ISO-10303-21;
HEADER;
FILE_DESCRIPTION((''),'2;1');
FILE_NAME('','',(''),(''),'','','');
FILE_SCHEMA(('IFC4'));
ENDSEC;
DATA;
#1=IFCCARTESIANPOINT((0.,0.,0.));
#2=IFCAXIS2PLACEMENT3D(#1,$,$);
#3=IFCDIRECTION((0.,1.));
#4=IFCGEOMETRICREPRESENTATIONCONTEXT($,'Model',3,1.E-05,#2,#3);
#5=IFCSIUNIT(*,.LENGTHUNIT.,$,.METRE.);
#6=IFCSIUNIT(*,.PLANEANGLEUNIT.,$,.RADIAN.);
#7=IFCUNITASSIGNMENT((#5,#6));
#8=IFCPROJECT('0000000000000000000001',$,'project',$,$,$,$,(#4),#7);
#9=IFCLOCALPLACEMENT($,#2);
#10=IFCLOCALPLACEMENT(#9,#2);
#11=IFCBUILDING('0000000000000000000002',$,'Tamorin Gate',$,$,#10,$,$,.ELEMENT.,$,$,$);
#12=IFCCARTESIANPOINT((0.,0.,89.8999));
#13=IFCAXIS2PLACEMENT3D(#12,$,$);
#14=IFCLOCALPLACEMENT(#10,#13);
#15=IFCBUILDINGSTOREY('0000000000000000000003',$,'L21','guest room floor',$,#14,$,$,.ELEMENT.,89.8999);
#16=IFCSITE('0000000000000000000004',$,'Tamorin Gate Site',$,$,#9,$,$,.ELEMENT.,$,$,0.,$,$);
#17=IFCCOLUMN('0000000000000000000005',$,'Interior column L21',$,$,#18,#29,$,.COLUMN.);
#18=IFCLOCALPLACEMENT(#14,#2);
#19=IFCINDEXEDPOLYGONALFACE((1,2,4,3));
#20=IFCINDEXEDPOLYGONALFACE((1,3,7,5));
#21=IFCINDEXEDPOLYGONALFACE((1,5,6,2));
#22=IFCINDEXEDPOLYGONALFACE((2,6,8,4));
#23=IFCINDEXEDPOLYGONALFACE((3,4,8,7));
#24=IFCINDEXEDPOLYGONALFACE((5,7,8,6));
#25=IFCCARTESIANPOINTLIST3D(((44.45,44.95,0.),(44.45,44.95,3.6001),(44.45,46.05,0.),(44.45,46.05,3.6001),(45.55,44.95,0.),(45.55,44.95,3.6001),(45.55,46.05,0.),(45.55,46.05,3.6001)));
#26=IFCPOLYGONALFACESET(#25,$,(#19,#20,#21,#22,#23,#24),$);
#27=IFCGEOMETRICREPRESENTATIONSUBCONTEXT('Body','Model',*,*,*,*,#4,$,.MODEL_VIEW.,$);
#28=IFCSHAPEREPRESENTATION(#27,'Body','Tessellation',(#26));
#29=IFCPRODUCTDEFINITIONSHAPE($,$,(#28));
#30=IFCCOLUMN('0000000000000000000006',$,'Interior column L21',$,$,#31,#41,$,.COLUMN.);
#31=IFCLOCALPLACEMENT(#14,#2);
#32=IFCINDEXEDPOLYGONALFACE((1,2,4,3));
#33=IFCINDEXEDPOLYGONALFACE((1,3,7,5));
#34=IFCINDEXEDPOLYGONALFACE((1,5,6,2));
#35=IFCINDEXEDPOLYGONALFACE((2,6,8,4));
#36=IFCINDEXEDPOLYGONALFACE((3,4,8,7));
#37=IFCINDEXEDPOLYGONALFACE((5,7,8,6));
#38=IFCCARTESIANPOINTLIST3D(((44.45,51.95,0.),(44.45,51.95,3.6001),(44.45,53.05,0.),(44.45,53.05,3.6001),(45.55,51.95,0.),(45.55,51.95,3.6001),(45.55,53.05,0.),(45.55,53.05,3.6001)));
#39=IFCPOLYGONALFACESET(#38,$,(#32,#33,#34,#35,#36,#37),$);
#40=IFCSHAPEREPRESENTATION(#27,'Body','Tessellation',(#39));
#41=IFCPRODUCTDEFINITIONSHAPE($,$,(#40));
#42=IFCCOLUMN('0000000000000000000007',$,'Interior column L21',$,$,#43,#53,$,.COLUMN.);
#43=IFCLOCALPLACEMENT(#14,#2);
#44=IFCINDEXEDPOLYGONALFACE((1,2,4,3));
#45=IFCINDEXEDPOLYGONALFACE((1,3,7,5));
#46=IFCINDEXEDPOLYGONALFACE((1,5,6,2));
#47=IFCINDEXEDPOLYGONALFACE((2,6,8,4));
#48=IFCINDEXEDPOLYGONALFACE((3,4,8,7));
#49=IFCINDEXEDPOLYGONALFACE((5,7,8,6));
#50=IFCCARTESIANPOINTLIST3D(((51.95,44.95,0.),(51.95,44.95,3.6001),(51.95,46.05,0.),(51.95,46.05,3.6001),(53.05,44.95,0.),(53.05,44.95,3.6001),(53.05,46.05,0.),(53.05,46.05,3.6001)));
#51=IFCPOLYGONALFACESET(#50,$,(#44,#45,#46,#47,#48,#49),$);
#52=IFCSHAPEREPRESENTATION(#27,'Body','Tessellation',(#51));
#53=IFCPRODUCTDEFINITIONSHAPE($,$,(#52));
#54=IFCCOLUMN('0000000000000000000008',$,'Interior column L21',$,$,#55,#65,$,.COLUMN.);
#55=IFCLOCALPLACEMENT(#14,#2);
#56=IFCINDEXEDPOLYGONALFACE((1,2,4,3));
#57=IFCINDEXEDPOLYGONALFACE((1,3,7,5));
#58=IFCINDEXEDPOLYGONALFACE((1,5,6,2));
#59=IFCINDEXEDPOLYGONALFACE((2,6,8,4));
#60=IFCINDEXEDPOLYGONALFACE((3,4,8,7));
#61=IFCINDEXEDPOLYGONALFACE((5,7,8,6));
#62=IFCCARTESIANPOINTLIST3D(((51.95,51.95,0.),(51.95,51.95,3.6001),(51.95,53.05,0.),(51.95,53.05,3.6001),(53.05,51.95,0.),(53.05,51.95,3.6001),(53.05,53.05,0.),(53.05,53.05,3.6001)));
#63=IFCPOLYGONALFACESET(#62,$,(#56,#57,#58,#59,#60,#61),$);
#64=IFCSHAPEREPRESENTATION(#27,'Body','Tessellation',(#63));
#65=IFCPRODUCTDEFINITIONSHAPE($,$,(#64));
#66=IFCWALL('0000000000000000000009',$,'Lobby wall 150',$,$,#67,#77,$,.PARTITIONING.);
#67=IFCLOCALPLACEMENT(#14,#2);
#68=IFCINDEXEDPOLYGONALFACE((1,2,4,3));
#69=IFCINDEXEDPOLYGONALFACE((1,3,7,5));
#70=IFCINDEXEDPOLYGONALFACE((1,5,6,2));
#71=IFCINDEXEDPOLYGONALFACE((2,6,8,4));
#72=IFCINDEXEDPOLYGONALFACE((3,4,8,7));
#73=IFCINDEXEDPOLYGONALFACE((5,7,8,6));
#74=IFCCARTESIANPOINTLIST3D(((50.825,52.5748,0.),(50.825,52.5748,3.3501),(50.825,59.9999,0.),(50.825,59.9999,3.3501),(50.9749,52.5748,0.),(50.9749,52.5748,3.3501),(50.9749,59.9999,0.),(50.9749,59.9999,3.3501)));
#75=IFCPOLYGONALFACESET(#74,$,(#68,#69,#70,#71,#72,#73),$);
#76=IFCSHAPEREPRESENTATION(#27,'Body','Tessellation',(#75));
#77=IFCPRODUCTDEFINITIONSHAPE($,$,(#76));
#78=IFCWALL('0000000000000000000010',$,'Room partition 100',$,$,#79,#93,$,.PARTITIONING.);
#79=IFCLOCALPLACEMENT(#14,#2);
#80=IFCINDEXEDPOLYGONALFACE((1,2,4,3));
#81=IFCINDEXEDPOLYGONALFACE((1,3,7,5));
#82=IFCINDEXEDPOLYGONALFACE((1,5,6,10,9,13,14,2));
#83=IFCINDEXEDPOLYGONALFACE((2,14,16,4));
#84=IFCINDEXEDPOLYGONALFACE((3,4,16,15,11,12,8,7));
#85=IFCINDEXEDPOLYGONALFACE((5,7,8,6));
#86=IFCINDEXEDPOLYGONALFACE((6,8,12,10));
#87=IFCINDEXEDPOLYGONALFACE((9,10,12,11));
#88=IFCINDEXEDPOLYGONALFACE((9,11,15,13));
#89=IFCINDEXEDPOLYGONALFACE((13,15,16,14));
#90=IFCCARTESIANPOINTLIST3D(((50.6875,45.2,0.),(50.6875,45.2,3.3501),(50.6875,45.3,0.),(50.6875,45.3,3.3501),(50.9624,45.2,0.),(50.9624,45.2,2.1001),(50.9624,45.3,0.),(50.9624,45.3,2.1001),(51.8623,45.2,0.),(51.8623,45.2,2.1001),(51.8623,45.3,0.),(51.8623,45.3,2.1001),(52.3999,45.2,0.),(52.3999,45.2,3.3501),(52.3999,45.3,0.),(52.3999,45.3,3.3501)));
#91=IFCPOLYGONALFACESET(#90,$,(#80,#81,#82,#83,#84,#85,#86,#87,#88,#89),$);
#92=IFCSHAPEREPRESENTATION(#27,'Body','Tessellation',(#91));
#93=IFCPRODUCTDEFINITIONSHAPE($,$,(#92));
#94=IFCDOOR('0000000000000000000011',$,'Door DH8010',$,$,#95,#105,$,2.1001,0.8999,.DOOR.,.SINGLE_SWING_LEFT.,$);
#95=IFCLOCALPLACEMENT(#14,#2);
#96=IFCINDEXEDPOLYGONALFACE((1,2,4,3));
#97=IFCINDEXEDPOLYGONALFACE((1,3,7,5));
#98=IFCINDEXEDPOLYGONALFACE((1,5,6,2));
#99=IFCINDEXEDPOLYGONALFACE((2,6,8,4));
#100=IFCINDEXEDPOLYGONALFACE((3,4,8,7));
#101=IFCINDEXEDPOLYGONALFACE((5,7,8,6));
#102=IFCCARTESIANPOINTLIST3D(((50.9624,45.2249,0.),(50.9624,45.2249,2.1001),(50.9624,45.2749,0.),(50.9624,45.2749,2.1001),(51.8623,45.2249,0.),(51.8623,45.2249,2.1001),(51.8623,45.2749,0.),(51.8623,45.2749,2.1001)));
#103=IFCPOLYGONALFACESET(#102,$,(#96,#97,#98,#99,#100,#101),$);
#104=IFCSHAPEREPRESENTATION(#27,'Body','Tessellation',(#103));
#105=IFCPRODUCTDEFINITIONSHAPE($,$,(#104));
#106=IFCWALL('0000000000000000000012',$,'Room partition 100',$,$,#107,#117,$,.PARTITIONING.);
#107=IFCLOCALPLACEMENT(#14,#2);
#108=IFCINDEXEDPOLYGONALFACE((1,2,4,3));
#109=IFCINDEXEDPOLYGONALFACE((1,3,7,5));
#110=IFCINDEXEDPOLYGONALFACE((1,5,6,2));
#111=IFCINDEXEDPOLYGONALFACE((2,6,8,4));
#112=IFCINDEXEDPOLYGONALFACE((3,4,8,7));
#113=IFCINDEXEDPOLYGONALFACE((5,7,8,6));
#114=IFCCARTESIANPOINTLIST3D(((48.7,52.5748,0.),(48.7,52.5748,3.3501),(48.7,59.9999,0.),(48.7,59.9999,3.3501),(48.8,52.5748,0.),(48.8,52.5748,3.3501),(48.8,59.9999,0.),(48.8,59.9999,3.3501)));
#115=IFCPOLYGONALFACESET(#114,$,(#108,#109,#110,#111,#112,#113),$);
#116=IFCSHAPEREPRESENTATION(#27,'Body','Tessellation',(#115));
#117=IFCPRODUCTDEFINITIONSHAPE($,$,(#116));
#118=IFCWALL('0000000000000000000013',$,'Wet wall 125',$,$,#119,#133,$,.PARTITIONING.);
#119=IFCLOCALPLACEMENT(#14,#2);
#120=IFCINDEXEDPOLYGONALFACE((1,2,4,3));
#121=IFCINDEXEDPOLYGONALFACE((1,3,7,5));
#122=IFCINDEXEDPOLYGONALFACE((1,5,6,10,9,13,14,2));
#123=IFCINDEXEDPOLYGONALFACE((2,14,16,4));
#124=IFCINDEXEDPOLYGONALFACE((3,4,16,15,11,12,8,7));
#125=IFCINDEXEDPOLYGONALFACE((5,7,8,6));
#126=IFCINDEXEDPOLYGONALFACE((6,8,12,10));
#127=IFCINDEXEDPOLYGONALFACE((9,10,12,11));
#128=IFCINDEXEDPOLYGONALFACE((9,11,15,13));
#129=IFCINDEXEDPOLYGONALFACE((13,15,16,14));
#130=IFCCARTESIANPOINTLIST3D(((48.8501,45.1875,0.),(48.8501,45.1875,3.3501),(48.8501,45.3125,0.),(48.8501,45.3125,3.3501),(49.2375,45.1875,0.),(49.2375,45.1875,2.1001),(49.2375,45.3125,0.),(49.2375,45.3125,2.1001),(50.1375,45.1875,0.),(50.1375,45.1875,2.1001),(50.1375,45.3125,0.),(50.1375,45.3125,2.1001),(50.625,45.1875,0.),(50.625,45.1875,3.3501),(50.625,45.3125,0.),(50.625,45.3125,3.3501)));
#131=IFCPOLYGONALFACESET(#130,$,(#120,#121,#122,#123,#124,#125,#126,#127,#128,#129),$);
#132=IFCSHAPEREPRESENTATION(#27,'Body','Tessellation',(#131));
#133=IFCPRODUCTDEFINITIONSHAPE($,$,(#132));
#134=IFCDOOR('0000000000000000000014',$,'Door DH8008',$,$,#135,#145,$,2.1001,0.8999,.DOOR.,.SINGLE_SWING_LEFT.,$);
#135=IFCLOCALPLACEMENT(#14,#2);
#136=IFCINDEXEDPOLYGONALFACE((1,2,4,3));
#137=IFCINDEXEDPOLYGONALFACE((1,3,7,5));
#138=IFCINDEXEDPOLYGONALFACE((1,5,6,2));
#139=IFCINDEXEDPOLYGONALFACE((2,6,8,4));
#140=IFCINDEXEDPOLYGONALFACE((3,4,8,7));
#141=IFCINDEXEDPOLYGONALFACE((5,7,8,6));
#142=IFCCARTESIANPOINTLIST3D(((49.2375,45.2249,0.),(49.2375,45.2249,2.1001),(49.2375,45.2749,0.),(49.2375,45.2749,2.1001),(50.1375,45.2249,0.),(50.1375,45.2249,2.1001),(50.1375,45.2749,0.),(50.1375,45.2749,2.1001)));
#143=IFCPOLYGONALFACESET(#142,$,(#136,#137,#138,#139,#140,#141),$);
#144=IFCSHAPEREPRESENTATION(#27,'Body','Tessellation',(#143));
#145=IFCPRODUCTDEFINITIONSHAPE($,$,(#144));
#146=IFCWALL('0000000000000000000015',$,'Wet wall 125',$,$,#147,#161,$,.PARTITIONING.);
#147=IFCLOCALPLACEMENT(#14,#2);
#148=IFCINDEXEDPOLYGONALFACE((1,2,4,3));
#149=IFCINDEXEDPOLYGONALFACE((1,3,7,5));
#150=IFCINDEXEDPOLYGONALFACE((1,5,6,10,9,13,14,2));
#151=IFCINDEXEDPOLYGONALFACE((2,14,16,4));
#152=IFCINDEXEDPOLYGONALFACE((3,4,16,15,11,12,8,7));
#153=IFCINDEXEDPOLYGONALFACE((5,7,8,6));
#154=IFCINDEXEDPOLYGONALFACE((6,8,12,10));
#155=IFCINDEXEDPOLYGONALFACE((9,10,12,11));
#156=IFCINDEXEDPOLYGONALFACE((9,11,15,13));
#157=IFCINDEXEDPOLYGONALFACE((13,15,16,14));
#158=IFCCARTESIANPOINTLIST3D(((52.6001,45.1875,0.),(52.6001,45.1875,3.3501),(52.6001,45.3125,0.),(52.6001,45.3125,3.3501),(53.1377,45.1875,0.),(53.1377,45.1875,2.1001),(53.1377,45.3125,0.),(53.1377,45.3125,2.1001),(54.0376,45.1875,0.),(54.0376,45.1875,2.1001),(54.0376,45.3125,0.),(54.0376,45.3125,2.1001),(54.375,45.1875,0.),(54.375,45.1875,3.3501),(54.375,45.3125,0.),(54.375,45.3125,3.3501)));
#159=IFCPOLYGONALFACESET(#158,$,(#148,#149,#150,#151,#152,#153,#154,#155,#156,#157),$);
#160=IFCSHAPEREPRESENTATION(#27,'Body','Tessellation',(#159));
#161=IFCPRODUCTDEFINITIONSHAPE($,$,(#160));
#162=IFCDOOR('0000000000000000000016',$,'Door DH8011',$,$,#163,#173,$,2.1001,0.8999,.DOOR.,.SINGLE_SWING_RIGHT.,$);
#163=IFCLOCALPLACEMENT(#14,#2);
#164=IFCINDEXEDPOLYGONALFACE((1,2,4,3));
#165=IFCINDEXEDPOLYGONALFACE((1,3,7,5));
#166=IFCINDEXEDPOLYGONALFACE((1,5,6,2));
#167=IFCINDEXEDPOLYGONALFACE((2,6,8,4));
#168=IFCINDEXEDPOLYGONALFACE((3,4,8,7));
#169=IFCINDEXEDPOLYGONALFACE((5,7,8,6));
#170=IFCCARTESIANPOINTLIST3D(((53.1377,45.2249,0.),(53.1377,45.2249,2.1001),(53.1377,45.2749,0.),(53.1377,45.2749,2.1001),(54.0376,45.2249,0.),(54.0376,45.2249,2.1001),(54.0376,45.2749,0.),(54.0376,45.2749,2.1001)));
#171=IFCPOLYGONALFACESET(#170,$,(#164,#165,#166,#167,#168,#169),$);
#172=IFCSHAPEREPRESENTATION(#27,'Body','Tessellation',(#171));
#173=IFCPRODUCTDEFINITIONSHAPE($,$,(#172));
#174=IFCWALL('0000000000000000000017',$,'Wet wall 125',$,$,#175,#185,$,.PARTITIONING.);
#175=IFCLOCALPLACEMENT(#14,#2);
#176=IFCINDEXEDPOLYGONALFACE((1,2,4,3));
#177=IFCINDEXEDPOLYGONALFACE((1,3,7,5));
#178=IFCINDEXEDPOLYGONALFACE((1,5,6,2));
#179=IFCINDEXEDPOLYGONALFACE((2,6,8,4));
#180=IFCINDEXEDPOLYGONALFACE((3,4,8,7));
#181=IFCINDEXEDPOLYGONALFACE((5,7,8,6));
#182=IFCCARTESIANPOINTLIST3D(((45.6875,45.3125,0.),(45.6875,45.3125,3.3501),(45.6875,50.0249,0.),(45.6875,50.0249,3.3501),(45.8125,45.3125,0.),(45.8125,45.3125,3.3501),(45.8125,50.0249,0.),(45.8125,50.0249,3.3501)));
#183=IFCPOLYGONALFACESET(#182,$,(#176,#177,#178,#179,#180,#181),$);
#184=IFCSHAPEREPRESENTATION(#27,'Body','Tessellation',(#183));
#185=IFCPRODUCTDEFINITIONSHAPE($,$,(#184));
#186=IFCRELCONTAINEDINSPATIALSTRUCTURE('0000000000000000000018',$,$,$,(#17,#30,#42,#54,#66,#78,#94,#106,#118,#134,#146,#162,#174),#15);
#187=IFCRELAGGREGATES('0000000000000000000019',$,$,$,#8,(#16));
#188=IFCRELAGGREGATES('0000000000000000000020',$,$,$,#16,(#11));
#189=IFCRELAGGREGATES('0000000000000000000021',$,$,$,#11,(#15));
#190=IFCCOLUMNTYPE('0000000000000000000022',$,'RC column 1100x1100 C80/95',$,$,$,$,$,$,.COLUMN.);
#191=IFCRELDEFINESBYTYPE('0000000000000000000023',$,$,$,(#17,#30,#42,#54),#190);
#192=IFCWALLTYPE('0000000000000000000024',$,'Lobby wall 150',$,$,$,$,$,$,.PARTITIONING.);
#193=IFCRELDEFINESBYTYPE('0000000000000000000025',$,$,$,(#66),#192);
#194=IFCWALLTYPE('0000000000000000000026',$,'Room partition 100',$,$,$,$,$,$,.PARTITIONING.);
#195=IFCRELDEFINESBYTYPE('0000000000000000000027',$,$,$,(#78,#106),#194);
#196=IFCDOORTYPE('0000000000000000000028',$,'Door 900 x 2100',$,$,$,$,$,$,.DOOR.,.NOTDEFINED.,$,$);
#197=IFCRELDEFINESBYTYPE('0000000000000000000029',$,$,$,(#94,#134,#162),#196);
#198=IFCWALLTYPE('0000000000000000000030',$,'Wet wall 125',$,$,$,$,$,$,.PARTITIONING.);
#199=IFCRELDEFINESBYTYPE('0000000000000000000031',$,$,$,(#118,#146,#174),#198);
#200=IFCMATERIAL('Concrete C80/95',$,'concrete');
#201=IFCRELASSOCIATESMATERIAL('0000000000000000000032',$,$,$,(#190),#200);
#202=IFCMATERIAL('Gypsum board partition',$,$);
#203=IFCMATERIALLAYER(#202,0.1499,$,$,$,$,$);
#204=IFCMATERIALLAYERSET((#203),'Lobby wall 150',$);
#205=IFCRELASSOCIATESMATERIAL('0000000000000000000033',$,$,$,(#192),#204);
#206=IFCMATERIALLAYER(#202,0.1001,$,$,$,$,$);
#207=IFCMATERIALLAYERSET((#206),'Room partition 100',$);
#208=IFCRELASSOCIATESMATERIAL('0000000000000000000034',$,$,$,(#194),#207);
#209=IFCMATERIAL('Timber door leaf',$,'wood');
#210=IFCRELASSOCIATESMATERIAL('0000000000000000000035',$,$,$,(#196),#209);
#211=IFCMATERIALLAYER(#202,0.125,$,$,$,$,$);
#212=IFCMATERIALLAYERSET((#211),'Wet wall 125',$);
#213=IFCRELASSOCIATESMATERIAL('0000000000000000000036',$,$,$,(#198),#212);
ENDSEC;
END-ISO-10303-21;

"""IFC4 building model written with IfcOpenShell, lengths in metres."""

from ifc_helpers import new_model, si_unit, direction, frame, frame_2d, origin, origin_2d, place, context, subcontext, project, spatial, rectangle, extrude, material, layer, layer_set, material_profile, profile_set, type_object, element, fill, save


model = new_model("IFC4")

# Units and contexts
model_context = context("Model", 3, precision=1e-05, world=origin(), true_north=direction((0.0, 1.0)))
body_context = subcontext(model_context, "Body", "Model", "MODEL_VIEW")
ifc_project = project(units=[si_unit("LENGTHUNIT", "METRE"), si_unit("PLANEANGLEUNIT", "RADIAN")], contexts=[model_context])

# Site, building, storey
site_placement = place(None, origin())
site = spatial("IfcSite", under=ifc_project, at=site_placement, Name="Tamorin Gate Site", CompositionType="ELEMENT", RefElevation=0.0)
building_placement = place(site_placement, origin())
building = spatial("IfcBuilding", under=site, at=building_placement, Name="Tamorin Gate", CompositionType="ELEMENT")
storey_placement = place(building_placement, frame((0.0, 0.0, 89.8999)))
storey = spatial("IfcBuildingStorey", under=building, at=storey_placement, Name="L21", Description="guest room floor", CompositionType="ELEMENT", Elevation=89.8999)

# Columns
ifc_material_1 = material(Name="Concrete C80/95", Category="concrete")
ifc_material_profile = material_profile(ifc_material_1, rectangle(XDim=1.1001, YDim=1.1001, at=origin_2d()), Name="RC 1100x1100")
ifc_profile_set = profile_set([ifc_material_profile], Name="Concrete C80/95")
column_type = type_object("IfcColumnType", Name="RC column 1100x1100 C80/95", PredefinedType="COLUMN", material=ifc_profile_set)
for number, where, z_axis, x_axis, name in (
    (1, (45.0, 45.5, 0.0), (0.0, 0.0, 1.0), (1.0, 0.0, 0.0), "Interior column L21"),
    (2, (45.0, 52.5, 0.0), (0.0, 0.0, 1.0), (1.0, 0.0, 0.0), "Interior column L21"),
    (3, (52.5, 45.5, 0.0), (0.0, 0.0, 1.0), (1.0, 0.0, 0.0), "Interior column L21"),
    (4, (52.5, 52.5, 0.0), (0.0, 0.0, 1.0), (1.0, 0.0, 0.0), "Interior column L21"),
):
    element("IfcColumn", number, at=place(storey_placement, frame(where, z_axis=z_axis, x_axis=x_axis)), inside=storey, type_object=column_type, Name=name, PredefinedType="COLUMN", context=body_context, shape_type="SweptSolid", body=[
        extrude(rectangle(XDim=1.1001, YDim=1.1001, at=origin_2d()), origin(), (0.0, 0.0, 1.0), 3.6001),
    ])

# Wall
ifc_material_2 = material(Name="Gypsum board partition")
ifc_layer_1 = layer(ifc_material_2, 0.1499)
ifc_layer_set_1 = layer_set([ifc_layer_1], Name="Lobby wall 150")
wall_type_1 = type_object("IfcWallType", Name="Lobby wall 150", PredefinedType="PARTITIONING", material=ifc_layer_set_1)
wall_1_placement = place(storey_placement, frame((50.8999, 52.575, 0.0), z_axis=(0.0, 0.0, 1.0), x_axis=(0.0, 1.0, 0.0)))
element("IfcWall", 5, at=wall_1_placement, inside=storey, type_object=wall_type_1, Name="Lobby wall 150", PredefinedType="PARTITIONING", context=body_context, shape_type="SweptSolid", body=[
    extrude(rectangle(XDim=7.425, YDim=0.1499, at=frame_2d((3.7124, 0.0))), origin(), (0.0, 0.0, 1.0), 3.3501),
])

# Wall, opening, door
ifc_layer_2 = layer(ifc_material_2, 0.1001)
ifc_layer_set_2 = layer_set([ifc_layer_2], Name="Room partition 100")
wall_type_2 = type_object("IfcWallType", Name="Room partition 100", PredefinedType="PARTITIONING", material=ifc_layer_set_2)
wall_2_placement = place(storey_placement, frame((50.6875, 45.25, 0.0), z_axis=(0.0, 0.0, 1.0), x_axis=(1.0, 0.0, 0.0)))
wall_2 = element("IfcWall", 6, at=wall_2_placement, inside=storey, type_object=wall_type_2, Name="Room partition 100", PredefinedType="PARTITIONING", context=body_context, shape_type="SweptSolid", body=[
    extrude(rectangle(XDim=1.7124, YDim=0.1001, at=frame_2d((0.8562, 0.0))), origin(), (0.0, 0.0, 1.0), 3.3501),
])
opening_1_placement = place(wall_2_placement, frame((0.2749, 0.0, 0.0)))
opening_1 = element("IfcOpeningElement", 7, at=opening_1_placement, cuts=wall_2, PredefinedType="OPENING", context=body_context, shape_type="SweptSolid", body=[
    extrude(rectangle(XDim=0.8999, YDim=2.1001, at=frame_2d((0.45, 1.05))), frame((0.0, 0.0601, 0.0), z_axis=(0.0, -1.0, 0.0), x_axis=(1.0, 0.0, 0.0)), (0.0, 0.0, 1.0), 0.1201),
])
ifc_material_3 = material(Name="Timber door leaf", Category="wood")
door_type = type_object("IfcDoorType", Name="Door 900 x 2100", OperationType="NOTDEFINED", PredefinedType="DOOR", material=ifc_material_3)
door_1_placement = place(opening_1_placement, origin())
door_1 = element("IfcDoor", 8, at=door_1_placement, inside=storey, type_object=door_type, Name="Door DH8010", OperationType="SINGLE_SWING_LEFT", OverallHeight=2.1001, OverallWidth=0.8999, PredefinedType="DOOR", context=body_context, shape_type="SweptSolid", body=[
    extrude(rectangle(XDim=0.8999, YDim=2.1001, at=frame_2d((0.45, 1.05))), frame((0.0, 0.0249, 0.0), z_axis=(0.0, -1.0, 0.0), x_axis=(1.0, 0.0, 0.0)), (0.0, 0.0, 1.0), 0.05),
])
fill(opening_1, door_1)

# Wall
wall_3_placement = place(storey_placement, frame((48.75, 52.575, 0.0), z_axis=(0.0, 0.0, 1.0), x_axis=(0.0, 1.0, 0.0)))
element("IfcWall", 9, at=wall_3_placement, inside=storey, type_object=wall_type_2, Name="Room partition 100", PredefinedType="PARTITIONING", context=body_context, shape_type="SweptSolid", body=[
    extrude(rectangle(XDim=7.425, YDim=0.1001, at=frame_2d((3.7124, 0.0))), origin(), (0.0, 0.0, 1.0), 3.3501),
])

# Walls, openings, doors
ifc_layer_3 = layer(ifc_material_2, 0.125)
ifc_layer_set_3 = layer_set([ifc_layer_3], Name="Wet wall 125")
wall_type_3 = type_object("IfcWallType", Name="Wet wall 125", PredefinedType="PARTITIONING", material=ifc_layer_set_3)
wall_4_placement = place(storey_placement, frame((48.8501, 45.25, 0.0), z_axis=(0.0, 0.0, 1.0), x_axis=(1.0, 0.0, 0.0)))
wall_4 = element("IfcWall", 10, at=wall_4_placement, inside=storey, type_object=wall_type_3, Name="Wet wall 125", PredefinedType="PARTITIONING", context=body_context, shape_type="SweptSolid", body=[
    extrude(rectangle(XDim=1.7749, YDim=0.125, at=frame_2d((0.8875, 0.0))), origin(), (0.0, 0.0, 1.0), 3.3501),
])
opening_2_placement = place(wall_4_placement, frame((0.3875, 0.0, 0.0)))
opening_2 = element("IfcOpeningElement", 11, at=opening_2_placement, cuts=wall_4, PredefinedType="OPENING", context=body_context, shape_type="SweptSolid", body=[
    extrude(rectangle(XDim=0.8999, YDim=2.1001, at=frame_2d((0.45, 1.05))), frame((0.0, 0.0725, 0.0), z_axis=(0.0, -1.0, 0.0), x_axis=(1.0, 0.0, 0.0)), (0.0, 0.0, 1.0), 0.145),
])
door_2_placement = place(opening_2_placement, origin())
door_2 = element("IfcDoor", 12, at=door_2_placement, inside=storey, type_object=door_type, Name="Door DH8008", OperationType="SINGLE_SWING_LEFT", OverallHeight=2.1001, OverallWidth=0.8999, PredefinedType="DOOR", context=body_context, shape_type="SweptSolid", body=[
    extrude(rectangle(XDim=0.8999, YDim=2.1001, at=frame_2d((0.45, 1.05))), frame((0.0, 0.0249, 0.0), z_axis=(0.0, -1.0, 0.0), x_axis=(1.0, 0.0, 0.0)), (0.0, 0.0, 1.0), 0.05),
])
fill(opening_2, door_2)
wall_5_placement = place(storey_placement, frame((52.6001, 45.25, 0.0), z_axis=(0.0, 0.0, 1.0), x_axis=(1.0, 0.0, 0.0)))
wall_5 = element("IfcWall", 13, at=wall_5_placement, inside=storey, type_object=wall_type_3, Name="Wet wall 125", PredefinedType="PARTITIONING", context=body_context, shape_type="SweptSolid", body=[
    extrude(rectangle(XDim=1.7749, YDim=0.125, at=frame_2d((0.8875, 0.0))), origin(), (0.0, 0.0, 1.0), 3.3501),
])
opening_3_placement = place(wall_5_placement, frame((0.5376, 0.0, 0.0)))
opening_3 = element("IfcOpeningElement", 14, at=opening_3_placement, cuts=wall_5, PredefinedType="OPENING", context=body_context, shape_type="SweptSolid", body=[
    extrude(rectangle(XDim=0.8999, YDim=2.1001, at=frame_2d((0.45, 1.05))), frame((0.0, 0.0725, 0.0), z_axis=(0.0, -1.0, 0.0), x_axis=(1.0, 0.0, 0.0)), (0.0, 0.0, 1.0), 0.145),
])
door_3_placement = place(opening_3_placement, origin())
door_3 = element("IfcDoor", 15, at=door_3_placement, inside=storey, type_object=door_type, Name="Door DH8011", OperationType="SINGLE_SWING_RIGHT", OverallHeight=2.1001, OverallWidth=0.8999, PredefinedType="DOOR", context=body_context, shape_type="SweptSolid", body=[
    extrude(rectangle(XDim=0.8999, YDim=2.1001, at=frame_2d((0.45, 1.05))), frame((0.0, 0.0249, 0.0), z_axis=(0.0, -1.0, 0.0), x_axis=(1.0, 0.0, 0.0)), (0.0, 0.0, 1.0), 0.05),
])
fill(opening_3, door_3)

# Wall
for number, where, z_axis, x_axis, name in (
    (16, (45.75, 45.3125, 0.0), (0.0, 0.0, 1.0), (0.0, 1.0, 0.0), "Wet wall 125"),
):
    element("IfcWall", number, at=place(storey_placement, frame(where, z_axis=z_axis, x_axis=x_axis)), inside=storey, type_object=wall_type_3, Name=name, PredefinedType="PARTITIONING", context=body_context, shape_type="SweptSolid", body=[
        extrude(rectangle(XDim=4.7124, YDim=0.125, at=frame_2d((2.3562, 0.0))), origin(), (0.0, 0.0, 1.0), 3.3501),
    ])

save(model, "model.ifc")
